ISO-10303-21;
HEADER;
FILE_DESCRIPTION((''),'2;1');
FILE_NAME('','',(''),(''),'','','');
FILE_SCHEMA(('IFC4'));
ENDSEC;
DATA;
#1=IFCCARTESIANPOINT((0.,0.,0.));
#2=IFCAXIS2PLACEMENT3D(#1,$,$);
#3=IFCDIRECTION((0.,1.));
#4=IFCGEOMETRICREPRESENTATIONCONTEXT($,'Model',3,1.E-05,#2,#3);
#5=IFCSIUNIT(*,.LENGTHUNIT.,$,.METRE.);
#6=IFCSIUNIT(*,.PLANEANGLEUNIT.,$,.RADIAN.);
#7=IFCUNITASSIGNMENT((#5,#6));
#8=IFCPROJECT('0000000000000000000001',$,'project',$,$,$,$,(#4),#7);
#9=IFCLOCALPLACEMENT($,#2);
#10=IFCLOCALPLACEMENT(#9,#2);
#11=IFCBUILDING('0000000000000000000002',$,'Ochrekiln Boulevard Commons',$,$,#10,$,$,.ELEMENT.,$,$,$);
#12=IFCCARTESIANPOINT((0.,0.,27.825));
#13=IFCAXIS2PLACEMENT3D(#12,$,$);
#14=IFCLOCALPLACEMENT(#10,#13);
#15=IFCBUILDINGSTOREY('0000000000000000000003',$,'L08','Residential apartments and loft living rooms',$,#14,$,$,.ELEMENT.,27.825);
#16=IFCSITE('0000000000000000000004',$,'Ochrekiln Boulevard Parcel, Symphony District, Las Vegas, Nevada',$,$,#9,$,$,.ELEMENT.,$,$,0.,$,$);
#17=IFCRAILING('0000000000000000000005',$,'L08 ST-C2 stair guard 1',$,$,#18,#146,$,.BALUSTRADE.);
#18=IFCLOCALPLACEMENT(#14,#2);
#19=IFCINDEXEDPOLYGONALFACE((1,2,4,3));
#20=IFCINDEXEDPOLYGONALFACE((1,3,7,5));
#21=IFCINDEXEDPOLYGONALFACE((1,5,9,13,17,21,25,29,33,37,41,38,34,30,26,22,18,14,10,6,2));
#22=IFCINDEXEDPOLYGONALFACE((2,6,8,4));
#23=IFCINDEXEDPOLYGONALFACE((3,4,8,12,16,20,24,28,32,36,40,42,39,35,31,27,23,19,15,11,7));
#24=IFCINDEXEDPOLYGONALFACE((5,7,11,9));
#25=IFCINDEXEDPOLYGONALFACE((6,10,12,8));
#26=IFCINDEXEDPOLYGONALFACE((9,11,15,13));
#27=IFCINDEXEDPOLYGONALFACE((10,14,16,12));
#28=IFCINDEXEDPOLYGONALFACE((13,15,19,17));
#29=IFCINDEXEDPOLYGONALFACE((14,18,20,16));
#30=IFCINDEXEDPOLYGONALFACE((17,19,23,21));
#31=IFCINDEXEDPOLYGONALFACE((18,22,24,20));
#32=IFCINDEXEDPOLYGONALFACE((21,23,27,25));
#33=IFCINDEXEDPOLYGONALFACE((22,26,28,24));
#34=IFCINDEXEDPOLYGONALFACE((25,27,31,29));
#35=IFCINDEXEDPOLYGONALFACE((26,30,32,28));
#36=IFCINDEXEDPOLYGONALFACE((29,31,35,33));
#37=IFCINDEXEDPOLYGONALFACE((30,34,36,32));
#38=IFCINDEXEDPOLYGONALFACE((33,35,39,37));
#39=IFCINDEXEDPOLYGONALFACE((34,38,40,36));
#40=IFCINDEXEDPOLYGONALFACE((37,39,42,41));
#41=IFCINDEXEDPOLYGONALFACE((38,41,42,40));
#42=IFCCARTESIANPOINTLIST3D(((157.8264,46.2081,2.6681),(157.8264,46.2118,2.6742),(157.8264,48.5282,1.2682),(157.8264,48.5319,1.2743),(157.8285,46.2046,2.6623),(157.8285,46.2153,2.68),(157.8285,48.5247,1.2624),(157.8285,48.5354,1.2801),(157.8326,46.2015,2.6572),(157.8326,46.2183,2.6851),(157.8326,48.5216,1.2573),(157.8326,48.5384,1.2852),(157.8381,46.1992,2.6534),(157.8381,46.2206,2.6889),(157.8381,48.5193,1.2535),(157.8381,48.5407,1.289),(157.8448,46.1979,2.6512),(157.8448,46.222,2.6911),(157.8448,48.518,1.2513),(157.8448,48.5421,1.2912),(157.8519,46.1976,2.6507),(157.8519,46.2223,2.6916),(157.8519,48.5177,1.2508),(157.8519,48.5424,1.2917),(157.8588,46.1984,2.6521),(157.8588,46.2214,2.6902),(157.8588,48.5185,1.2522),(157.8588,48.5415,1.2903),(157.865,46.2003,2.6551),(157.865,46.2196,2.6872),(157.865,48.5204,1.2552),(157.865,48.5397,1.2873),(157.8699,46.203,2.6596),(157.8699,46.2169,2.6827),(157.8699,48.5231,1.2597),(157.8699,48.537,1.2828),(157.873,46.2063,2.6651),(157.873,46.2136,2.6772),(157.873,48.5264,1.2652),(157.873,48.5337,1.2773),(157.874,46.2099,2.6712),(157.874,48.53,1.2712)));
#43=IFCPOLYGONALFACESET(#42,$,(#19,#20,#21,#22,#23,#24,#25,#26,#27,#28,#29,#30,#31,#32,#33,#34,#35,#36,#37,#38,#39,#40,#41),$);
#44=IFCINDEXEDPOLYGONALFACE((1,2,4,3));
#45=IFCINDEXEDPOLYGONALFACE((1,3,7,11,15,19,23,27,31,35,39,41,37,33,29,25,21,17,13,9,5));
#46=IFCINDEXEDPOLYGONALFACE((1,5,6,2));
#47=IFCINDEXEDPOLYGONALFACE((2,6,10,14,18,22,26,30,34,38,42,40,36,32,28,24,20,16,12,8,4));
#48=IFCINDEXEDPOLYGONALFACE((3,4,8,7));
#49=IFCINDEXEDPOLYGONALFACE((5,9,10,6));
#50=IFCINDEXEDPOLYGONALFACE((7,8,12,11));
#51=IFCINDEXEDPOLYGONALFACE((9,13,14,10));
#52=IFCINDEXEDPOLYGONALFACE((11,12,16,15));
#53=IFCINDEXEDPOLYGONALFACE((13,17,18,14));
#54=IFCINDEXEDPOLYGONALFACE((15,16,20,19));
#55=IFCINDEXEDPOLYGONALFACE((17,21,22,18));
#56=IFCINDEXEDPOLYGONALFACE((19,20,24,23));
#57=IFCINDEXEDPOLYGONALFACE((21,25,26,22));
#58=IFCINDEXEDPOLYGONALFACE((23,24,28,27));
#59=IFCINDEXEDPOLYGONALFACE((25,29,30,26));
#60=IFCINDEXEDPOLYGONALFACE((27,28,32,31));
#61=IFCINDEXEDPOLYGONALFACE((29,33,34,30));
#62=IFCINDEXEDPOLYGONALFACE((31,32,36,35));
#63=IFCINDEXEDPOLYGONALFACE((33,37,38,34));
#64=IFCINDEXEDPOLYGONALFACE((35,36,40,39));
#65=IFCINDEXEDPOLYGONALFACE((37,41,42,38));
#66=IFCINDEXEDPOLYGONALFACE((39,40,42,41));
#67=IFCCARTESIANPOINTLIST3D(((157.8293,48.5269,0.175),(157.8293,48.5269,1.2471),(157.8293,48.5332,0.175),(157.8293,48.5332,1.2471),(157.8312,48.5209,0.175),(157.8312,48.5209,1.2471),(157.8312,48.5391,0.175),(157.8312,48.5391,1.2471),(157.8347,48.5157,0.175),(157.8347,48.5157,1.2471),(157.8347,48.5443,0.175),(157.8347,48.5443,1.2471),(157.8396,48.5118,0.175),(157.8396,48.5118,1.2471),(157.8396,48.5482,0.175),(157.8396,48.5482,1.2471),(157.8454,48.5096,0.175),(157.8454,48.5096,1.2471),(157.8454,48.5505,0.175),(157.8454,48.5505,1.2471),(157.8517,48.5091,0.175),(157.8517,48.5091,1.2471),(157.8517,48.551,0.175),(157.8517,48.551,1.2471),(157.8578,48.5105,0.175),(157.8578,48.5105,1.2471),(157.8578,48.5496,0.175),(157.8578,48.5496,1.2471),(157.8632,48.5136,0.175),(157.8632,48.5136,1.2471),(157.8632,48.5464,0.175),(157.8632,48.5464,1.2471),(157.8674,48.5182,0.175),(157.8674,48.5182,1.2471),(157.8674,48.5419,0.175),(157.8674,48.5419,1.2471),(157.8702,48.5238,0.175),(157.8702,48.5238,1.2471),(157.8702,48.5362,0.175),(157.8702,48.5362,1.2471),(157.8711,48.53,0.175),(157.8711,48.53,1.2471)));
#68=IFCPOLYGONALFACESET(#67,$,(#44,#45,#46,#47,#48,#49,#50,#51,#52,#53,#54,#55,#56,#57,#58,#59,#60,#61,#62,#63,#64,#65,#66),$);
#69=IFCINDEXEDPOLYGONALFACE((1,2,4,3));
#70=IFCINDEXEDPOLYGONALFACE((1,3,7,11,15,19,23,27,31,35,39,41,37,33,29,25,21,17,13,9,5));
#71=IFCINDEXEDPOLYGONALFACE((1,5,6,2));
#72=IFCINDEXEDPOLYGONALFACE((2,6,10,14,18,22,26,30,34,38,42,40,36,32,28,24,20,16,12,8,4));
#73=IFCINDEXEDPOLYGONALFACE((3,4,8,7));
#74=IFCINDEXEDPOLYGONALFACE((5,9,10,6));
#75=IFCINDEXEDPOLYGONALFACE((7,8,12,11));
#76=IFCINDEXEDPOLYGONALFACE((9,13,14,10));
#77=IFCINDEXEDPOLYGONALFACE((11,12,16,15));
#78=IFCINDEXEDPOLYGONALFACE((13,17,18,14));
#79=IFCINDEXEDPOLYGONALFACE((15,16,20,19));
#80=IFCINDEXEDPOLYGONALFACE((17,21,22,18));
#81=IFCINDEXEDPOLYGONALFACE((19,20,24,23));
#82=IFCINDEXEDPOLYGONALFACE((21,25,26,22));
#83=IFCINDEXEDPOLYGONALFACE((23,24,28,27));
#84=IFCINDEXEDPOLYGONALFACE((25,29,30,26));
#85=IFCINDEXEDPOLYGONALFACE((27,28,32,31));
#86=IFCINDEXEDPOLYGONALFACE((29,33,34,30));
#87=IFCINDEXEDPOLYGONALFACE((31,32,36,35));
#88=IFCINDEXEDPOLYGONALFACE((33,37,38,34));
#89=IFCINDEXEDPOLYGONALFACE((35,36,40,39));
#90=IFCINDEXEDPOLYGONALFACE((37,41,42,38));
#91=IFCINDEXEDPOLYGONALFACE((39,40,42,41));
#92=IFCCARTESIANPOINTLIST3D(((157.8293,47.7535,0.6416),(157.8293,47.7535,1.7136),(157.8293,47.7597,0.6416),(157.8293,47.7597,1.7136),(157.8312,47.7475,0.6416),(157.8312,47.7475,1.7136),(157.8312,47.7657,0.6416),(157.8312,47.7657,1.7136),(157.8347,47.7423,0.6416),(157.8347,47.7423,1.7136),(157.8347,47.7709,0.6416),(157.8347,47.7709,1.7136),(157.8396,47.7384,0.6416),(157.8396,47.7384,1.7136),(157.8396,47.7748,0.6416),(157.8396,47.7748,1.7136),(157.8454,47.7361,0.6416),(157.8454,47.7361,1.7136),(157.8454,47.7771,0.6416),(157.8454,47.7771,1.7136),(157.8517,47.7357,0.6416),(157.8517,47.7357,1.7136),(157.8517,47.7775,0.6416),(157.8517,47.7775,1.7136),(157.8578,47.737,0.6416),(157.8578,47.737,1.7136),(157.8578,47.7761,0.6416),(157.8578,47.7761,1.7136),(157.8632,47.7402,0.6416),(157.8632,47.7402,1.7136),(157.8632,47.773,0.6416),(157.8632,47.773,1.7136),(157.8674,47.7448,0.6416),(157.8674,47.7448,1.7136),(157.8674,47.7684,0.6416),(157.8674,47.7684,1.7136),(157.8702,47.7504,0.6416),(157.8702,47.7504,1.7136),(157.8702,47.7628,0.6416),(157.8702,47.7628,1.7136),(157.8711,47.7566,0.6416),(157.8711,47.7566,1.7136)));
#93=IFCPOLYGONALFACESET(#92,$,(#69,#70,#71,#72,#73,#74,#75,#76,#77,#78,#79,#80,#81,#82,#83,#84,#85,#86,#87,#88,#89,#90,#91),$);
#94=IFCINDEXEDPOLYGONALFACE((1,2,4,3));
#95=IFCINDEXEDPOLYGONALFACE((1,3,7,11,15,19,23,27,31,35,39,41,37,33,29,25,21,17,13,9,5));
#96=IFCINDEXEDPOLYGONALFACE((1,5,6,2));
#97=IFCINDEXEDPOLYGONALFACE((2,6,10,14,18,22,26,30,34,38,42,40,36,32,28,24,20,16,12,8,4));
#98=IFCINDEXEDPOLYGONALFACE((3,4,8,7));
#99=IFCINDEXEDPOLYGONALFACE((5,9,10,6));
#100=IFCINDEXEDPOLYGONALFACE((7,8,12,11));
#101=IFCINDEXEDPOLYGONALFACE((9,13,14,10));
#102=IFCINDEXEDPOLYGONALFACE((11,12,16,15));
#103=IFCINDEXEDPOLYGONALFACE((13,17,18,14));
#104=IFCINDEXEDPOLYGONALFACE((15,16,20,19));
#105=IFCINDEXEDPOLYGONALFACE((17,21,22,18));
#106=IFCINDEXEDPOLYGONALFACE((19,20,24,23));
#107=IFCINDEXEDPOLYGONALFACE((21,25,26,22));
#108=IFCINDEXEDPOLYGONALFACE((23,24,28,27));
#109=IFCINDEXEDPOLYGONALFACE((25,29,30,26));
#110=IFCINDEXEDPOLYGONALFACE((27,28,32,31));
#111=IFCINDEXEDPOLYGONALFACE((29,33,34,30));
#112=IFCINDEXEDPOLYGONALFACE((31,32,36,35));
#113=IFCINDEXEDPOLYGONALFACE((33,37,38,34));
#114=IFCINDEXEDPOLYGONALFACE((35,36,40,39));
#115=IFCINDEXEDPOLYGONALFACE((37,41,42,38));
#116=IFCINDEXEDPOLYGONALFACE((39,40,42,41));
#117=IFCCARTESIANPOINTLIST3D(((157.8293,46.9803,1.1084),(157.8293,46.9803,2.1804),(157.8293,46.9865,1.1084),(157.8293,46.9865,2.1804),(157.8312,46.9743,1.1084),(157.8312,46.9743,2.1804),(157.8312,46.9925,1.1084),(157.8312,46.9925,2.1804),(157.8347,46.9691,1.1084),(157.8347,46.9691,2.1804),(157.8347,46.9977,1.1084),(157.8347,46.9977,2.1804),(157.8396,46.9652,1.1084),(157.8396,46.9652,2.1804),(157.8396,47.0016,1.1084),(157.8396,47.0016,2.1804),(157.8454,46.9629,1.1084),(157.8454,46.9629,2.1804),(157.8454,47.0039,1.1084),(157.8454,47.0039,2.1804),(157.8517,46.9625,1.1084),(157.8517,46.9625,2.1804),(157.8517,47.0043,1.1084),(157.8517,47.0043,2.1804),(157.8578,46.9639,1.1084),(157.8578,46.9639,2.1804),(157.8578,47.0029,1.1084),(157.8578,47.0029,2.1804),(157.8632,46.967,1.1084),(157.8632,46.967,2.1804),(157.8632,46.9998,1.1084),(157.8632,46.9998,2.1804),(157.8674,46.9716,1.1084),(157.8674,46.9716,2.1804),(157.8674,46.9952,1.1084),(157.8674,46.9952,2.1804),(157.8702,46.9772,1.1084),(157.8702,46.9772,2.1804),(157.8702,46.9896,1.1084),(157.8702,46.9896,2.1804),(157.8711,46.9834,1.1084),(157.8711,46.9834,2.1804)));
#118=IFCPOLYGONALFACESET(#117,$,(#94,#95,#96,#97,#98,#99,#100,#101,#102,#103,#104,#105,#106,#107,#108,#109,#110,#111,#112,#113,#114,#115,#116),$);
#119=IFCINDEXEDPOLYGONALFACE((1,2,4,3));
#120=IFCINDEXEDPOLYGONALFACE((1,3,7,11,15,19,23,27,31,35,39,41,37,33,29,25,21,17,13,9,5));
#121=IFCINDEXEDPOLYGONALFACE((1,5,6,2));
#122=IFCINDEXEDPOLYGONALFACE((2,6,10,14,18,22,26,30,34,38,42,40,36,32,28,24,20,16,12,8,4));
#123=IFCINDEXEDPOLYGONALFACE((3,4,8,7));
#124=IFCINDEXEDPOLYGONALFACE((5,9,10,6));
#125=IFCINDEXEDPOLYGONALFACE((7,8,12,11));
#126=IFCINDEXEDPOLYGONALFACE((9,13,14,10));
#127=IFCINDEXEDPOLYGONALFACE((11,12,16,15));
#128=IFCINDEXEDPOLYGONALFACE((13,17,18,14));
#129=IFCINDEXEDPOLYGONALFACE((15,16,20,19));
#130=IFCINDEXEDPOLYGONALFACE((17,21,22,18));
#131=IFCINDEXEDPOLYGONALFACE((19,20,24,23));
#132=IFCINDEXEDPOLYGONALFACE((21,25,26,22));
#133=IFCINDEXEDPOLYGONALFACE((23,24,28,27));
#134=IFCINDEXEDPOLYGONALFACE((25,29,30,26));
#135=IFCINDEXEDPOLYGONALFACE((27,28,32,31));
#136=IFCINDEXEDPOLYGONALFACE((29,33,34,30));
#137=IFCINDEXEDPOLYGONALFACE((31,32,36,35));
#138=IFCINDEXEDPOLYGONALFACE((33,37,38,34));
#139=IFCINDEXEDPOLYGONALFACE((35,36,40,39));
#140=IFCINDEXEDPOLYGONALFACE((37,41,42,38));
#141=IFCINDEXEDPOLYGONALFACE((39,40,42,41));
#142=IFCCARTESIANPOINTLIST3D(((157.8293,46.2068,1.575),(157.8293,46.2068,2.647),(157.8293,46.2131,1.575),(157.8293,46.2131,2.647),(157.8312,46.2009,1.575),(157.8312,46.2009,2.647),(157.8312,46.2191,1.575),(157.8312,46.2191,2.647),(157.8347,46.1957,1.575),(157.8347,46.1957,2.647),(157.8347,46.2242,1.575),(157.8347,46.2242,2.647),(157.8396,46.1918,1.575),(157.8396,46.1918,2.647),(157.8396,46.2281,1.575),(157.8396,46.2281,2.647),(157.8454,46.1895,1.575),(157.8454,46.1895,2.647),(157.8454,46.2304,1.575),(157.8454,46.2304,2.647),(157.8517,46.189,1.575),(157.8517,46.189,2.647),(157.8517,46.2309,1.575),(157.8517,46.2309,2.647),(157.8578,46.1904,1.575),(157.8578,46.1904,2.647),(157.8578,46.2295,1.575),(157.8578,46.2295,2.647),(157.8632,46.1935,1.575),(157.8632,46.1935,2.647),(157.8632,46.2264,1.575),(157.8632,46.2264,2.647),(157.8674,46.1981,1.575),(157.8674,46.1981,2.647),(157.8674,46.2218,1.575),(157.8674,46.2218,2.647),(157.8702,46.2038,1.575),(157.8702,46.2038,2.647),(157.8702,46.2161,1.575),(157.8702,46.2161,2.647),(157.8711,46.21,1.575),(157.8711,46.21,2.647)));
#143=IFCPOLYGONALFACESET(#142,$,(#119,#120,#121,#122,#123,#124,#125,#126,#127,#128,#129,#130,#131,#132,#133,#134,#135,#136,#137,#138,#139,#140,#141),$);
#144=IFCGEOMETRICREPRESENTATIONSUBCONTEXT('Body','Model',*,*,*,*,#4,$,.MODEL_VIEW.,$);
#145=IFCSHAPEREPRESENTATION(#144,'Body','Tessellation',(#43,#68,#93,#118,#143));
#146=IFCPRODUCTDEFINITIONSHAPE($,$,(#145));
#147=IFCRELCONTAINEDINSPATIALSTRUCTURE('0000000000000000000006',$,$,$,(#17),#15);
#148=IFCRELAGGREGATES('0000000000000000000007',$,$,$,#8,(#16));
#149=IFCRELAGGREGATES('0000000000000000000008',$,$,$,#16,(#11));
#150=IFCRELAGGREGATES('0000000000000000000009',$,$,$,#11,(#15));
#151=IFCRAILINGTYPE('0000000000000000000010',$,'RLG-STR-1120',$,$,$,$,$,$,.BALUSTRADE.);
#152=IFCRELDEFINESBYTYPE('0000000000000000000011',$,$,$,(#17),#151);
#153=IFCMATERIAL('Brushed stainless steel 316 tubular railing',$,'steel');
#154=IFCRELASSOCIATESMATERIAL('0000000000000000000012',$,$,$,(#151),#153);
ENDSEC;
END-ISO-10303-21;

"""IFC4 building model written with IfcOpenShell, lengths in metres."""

from ifc_helpers import new_model, si_unit, direction, frame, origin, origin_2d, place, context, subcontext, project, spatial, circle, extrude, material, type_object, element, save


model = new_model("IFC4")

# Units and contexts
model_context = context("Model", 3, precision=1e-05, world=origin(), true_north=direction((0.0, 1.0)))
body_context = subcontext(model_context, "Body", "Model", "MODEL_VIEW")
ifc_project = project(units=[si_unit("LENGTHUNIT", "METRE"), si_unit("PLANEANGLEUNIT", "RADIAN")], contexts=[model_context])

# Site, building, storey
site_placement = place(None, origin())
site = spatial("IfcSite", under=ifc_project, at=site_placement, Name="Ochrekiln Boulevard Parcel, Symphony District, Las Vegas, Nevada", CompositionType="ELEMENT", RefElevation=0.0)
building_placement = place(site_placement, origin())
building = spatial("IfcBuilding", under=site, at=building_placement, Name="Ochrekiln Boulevard Commons", CompositionType="ELEMENT")
storey_placement = place(building_placement, frame((0.0, 0.0, 27.825)))
storey = spatial("IfcBuildingStorey", under=building, at=storey_placement, Name="L08", Description="Residential apartments and loft living rooms", CompositionType="ELEMENT", Elevation=27.825)

# Railing
ifc_material_1 = material(Name="Brushed stainless steel 316 tubular railing", Category="steel")
railing_type_1 = type_object("IfcRailingType", Name="RLG-STR-1120", PredefinedType="BALUSTRADE", material=ifc_material_1)
railing_1_placement = place(storey_placement, frame((157.8501, 48.53, 0.175)))
element("IfcRailing", 1, at=railing_1_placement, inside=storey, type_object=railing_type_1, Name="L08 ST-C2 stair guard 1", PredefinedType="BALUSTRADE", context=body_context, shape_type="SweptSolid", body=[
    extrude(circle(Radius=0.0239, at=origin_2d()), frame((0.0, 0.0, 1.0962), z_axis=(0.0, -0.85621, 0.516627), x_axis=(1.0, 0.0, 0.0)), (0.0, 0.0, 1.0), 2.7097),
    extrude(circle(Radius=0.021, at=origin_2d()), origin(), (0.0, 0.0, 1.0), 1.072),
    extrude(circle(Radius=0.021, at=origin_2d()), frame((0.0, -0.7734, 0.4666)), (0.0, 0.0, 1.0), 1.072),
    extrude(circle(Radius=0.021, at=origin_2d()), frame((0.0, -1.5466, 0.9333)), (0.0, 0.0, 1.0), 1.072),
    extrude(circle(Radius=0.021, at=origin_2d()), frame((0.0, -2.3201, 1.3999)), (0.0, 0.0, 1.0), 1.072),
])

save(model, "model.ifc")
